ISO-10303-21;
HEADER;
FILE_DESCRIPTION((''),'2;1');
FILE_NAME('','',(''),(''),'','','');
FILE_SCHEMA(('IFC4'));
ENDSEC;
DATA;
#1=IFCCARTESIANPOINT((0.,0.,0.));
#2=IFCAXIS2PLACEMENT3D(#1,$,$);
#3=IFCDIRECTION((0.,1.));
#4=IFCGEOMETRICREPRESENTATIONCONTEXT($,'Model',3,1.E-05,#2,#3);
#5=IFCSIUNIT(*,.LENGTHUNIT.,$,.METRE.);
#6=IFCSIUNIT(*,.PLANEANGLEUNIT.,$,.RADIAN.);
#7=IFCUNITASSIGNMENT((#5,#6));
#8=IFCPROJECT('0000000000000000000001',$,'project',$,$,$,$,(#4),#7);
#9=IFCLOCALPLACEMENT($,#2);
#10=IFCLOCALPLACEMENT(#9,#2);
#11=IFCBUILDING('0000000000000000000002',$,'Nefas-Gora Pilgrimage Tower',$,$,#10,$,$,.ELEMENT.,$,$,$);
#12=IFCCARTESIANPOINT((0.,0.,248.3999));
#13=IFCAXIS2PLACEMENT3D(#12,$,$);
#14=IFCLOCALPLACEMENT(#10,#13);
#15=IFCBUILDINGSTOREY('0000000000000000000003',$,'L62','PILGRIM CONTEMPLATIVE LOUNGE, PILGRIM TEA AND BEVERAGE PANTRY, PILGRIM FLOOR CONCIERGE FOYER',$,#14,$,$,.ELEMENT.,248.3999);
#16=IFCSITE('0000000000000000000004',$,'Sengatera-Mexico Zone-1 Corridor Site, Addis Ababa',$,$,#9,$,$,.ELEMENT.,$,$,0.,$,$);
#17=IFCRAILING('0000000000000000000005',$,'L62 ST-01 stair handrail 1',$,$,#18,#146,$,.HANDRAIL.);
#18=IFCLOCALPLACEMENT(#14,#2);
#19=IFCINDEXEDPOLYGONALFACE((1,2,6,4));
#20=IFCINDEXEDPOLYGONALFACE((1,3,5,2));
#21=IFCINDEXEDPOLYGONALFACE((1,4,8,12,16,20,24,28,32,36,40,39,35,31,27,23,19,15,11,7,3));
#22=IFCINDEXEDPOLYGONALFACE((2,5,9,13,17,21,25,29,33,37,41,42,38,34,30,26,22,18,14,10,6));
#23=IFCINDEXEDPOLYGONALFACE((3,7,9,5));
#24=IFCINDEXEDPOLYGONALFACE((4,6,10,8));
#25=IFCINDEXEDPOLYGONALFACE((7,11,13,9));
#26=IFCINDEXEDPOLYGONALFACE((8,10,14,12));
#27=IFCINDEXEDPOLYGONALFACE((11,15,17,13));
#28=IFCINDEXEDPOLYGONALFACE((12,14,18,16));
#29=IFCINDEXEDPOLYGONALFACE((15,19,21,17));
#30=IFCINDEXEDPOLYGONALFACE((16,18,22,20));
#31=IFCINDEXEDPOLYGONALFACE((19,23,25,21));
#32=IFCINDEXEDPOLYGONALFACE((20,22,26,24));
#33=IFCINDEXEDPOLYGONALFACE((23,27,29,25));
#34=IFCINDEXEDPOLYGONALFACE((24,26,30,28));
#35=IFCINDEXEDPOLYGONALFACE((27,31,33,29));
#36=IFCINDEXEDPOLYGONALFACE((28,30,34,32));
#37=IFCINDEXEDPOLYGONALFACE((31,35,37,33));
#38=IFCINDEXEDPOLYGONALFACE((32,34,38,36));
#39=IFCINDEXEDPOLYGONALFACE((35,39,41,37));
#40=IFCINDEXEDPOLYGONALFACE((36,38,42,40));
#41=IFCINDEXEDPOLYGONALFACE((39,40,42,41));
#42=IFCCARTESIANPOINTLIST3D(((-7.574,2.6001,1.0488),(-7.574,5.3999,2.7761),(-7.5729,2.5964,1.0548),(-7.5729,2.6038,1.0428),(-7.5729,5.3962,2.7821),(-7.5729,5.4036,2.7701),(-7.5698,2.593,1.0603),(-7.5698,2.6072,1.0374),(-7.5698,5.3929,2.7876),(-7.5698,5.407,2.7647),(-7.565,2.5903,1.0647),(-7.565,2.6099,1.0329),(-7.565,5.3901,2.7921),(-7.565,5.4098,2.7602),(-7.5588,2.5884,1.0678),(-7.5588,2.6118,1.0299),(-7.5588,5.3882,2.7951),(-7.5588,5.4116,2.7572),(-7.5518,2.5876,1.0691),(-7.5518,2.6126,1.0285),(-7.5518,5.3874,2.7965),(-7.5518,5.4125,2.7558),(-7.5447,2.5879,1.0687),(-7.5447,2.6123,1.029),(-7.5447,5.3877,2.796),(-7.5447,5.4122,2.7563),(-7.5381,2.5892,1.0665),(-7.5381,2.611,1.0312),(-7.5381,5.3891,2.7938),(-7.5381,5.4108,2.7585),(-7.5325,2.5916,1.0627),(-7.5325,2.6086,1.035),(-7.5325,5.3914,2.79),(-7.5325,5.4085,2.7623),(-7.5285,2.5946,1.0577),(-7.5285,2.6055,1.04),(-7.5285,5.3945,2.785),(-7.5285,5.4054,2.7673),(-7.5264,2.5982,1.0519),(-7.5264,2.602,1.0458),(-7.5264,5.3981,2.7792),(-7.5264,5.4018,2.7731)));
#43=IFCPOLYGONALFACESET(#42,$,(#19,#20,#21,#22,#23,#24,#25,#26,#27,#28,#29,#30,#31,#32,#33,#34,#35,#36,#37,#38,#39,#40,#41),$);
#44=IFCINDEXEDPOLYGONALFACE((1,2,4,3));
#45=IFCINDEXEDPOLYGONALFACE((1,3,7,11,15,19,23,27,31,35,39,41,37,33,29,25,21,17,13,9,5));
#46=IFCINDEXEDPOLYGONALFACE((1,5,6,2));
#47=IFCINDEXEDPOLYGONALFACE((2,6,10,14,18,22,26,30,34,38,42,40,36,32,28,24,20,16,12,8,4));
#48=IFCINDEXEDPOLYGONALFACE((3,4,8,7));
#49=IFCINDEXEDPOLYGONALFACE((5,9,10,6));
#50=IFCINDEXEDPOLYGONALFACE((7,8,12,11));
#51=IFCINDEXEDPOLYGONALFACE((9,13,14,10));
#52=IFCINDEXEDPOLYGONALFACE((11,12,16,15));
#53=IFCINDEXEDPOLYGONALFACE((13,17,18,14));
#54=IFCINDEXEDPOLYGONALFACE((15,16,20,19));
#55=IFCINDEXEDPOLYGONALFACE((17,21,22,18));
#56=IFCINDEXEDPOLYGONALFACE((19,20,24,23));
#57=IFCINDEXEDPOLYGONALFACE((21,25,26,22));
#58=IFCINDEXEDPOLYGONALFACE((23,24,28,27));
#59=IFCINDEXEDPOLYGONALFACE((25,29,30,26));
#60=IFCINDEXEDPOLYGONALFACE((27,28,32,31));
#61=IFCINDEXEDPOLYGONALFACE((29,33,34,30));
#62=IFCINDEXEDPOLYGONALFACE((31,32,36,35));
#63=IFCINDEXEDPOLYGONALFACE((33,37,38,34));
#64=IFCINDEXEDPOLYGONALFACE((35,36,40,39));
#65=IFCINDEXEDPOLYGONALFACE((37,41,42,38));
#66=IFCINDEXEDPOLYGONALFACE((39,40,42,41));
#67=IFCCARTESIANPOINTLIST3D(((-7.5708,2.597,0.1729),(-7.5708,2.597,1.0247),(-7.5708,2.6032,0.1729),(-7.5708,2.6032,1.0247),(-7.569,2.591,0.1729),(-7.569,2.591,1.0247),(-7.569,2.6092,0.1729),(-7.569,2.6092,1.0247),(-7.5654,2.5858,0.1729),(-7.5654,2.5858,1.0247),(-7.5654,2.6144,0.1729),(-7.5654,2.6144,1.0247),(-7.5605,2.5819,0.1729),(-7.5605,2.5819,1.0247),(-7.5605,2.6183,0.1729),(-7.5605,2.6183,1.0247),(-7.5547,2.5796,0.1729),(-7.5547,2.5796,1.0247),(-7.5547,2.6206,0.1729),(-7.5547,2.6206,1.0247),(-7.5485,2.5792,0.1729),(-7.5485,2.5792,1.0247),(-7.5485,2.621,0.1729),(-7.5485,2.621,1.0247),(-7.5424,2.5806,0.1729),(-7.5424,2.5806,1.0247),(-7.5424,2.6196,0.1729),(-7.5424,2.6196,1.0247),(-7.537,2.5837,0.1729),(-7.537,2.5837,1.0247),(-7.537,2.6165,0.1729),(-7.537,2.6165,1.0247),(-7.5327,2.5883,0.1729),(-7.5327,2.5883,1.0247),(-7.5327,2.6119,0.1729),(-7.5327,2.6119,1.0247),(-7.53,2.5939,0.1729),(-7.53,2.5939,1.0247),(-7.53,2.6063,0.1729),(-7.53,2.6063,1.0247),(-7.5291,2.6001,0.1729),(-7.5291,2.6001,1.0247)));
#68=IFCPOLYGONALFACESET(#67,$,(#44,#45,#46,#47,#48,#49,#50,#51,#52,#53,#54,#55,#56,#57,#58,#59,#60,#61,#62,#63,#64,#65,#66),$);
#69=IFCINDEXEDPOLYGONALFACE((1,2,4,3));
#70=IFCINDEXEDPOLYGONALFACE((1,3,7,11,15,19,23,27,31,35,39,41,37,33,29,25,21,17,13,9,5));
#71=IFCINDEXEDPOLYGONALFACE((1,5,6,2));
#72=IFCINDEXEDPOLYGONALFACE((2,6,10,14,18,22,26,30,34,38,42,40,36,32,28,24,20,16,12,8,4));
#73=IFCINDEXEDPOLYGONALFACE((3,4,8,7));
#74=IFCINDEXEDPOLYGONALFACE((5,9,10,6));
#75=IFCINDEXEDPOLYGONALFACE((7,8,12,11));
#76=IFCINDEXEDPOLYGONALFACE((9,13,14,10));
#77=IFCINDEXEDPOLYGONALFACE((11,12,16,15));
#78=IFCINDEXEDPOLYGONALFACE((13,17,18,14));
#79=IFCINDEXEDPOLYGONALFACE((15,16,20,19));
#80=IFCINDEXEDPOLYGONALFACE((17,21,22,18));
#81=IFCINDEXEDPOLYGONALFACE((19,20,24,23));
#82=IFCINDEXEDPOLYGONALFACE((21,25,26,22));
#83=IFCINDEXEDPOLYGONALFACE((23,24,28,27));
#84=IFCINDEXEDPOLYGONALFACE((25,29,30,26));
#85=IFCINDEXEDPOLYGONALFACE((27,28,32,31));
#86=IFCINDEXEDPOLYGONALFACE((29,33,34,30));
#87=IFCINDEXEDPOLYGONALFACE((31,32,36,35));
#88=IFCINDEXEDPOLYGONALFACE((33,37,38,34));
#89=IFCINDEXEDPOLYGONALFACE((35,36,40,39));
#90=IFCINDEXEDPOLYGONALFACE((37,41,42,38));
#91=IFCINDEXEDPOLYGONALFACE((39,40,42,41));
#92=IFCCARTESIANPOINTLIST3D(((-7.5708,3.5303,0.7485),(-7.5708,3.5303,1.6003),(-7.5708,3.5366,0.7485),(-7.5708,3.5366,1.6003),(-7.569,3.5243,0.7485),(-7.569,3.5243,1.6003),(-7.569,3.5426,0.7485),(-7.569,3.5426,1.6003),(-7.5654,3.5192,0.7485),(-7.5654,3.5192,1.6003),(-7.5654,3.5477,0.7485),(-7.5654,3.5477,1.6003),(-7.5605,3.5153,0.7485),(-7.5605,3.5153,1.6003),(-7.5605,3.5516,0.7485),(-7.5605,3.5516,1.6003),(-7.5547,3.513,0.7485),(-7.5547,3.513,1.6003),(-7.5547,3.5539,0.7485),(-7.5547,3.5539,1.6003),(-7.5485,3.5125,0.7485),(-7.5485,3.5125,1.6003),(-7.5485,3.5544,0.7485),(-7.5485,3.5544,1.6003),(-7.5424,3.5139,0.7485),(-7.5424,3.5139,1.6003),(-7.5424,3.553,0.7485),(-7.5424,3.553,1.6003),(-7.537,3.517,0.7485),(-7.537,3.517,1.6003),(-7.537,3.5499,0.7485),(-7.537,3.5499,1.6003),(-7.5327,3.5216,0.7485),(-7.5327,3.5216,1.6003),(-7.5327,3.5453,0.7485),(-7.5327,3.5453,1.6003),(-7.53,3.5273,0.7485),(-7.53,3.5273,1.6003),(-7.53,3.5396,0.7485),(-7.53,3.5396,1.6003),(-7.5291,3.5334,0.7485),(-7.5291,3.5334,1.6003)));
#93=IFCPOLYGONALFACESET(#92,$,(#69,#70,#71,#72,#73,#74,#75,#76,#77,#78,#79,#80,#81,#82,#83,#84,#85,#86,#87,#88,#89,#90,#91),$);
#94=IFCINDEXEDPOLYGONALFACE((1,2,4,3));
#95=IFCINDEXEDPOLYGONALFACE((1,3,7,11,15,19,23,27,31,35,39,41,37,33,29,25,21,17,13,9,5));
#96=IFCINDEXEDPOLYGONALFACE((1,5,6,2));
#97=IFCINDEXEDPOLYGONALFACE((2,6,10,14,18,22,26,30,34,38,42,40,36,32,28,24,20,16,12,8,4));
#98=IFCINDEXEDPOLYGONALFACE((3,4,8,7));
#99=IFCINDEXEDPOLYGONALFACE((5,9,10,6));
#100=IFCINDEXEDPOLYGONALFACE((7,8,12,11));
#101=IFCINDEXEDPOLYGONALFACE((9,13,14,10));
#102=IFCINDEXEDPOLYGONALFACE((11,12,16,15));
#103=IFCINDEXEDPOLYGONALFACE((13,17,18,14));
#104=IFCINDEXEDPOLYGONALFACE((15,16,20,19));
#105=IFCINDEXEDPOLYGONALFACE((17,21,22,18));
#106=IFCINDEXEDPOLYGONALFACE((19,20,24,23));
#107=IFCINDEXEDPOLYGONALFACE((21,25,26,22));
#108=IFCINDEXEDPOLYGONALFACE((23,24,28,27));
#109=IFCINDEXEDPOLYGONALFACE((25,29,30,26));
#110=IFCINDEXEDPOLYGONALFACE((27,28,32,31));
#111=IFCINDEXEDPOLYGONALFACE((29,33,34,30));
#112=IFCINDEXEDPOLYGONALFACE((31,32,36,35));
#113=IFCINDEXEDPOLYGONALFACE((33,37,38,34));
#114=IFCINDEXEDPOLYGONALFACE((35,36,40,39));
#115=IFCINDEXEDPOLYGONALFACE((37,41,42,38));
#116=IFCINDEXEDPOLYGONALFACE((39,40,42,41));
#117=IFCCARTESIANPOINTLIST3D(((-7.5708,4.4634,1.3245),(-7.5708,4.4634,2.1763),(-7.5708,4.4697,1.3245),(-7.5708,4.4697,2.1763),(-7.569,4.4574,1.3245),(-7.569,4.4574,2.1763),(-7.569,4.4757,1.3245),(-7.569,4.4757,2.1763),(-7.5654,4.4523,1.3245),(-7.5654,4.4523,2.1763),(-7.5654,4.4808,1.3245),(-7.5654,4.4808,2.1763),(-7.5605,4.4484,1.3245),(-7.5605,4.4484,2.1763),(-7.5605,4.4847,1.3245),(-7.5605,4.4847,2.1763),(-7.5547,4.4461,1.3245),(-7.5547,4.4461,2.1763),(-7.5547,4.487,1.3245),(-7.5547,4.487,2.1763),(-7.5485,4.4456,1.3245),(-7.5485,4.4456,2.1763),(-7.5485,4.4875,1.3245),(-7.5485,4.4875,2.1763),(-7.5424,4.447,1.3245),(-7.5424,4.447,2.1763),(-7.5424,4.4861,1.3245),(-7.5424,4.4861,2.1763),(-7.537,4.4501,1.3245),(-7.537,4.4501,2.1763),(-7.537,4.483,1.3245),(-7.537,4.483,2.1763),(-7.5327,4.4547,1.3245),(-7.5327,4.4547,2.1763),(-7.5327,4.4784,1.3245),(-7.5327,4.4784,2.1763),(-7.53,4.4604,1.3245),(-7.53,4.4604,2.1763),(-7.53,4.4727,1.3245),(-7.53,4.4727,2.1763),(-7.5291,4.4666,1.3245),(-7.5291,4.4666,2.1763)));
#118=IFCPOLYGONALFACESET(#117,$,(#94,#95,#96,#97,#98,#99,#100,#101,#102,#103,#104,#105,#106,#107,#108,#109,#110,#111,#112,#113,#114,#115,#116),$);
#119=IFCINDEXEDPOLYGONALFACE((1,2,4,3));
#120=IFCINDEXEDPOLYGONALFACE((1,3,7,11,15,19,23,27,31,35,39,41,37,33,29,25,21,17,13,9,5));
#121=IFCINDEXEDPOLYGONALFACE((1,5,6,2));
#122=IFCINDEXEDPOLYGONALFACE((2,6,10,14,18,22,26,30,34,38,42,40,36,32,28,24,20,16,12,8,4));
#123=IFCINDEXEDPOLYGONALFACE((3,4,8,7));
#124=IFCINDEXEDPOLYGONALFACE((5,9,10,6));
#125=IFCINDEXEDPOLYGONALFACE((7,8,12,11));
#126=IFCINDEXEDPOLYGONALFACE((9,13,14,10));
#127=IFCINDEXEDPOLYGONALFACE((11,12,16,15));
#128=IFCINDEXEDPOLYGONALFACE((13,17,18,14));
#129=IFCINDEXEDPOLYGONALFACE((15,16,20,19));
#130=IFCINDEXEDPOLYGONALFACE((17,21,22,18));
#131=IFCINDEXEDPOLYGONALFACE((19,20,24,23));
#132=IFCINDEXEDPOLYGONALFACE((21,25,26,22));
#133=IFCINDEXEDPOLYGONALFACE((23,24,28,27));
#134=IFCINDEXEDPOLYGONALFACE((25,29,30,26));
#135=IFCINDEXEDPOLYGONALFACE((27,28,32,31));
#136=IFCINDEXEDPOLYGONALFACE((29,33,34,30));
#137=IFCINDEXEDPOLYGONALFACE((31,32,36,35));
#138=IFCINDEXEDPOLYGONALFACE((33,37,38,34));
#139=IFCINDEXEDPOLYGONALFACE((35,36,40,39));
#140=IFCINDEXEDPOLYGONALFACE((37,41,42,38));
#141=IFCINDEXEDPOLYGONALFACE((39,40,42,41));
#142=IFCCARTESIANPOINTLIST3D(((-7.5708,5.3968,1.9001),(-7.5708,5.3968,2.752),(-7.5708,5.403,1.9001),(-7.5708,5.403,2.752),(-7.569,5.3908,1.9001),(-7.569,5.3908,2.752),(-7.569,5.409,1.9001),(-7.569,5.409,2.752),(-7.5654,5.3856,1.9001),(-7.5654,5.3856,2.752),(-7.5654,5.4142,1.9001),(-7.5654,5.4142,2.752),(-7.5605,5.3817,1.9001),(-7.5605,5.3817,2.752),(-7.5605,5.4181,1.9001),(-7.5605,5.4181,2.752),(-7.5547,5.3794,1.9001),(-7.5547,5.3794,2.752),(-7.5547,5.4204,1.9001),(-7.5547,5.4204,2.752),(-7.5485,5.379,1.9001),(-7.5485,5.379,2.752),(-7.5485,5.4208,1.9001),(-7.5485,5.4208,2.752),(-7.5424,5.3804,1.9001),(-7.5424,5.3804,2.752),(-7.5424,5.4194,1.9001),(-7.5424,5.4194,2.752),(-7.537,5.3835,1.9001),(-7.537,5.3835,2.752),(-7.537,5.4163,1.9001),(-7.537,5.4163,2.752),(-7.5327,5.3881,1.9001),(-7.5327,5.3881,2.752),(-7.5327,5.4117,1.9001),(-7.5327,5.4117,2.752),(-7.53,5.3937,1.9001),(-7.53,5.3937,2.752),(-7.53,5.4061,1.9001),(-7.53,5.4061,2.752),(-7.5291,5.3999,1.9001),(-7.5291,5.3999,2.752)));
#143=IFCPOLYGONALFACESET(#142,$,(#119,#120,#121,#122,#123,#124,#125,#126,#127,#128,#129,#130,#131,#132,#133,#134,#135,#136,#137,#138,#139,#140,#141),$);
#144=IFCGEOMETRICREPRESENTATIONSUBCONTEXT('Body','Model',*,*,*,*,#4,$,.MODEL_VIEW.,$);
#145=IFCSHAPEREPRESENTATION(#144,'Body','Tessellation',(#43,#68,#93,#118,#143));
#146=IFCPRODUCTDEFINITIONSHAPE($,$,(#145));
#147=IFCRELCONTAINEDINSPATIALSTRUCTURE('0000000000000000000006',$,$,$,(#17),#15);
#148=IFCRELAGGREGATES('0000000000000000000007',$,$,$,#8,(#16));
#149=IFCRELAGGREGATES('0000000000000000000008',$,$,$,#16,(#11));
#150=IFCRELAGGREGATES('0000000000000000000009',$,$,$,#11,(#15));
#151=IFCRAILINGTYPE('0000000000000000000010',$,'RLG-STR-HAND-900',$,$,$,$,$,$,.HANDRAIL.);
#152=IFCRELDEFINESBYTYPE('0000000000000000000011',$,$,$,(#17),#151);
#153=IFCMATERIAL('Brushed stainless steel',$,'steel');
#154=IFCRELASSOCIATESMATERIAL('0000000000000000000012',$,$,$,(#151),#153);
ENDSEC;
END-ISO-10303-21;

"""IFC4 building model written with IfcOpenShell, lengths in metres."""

from ifc_helpers import new_model, si_unit, direction, frame, origin, origin_2d, place, context, subcontext, project, spatial, circle, extrude, material, type_object, element, save


model = new_model("IFC4")

# Units and contexts
model_context = context("Model", 3, precision=1e-05, world=origin(), true_north=direction((0.0, 1.0)))
body_context = subcontext(model_context, "Body", "Model", "MODEL_VIEW")
ifc_project = project(units=[si_unit("LENGTHUNIT", "METRE"), si_unit("PLANEANGLEUNIT", "RADIAN")], contexts=[model_context])

# Site, building, storey
site_placement = place(None, origin())
site = spatial("IfcSite", under=ifc_project, at=site_placement, Name="Sengatera-Mexico Zone-1 Corridor Site, Addis Ababa", CompositionType="ELEMENT", RefElevation=0.0)
building_placement = place(site_placement, origin())
building = spatial("IfcBuilding", under=site, at=building_placement, Name="Nefas-Gora Pilgrimage Tower", CompositionType="ELEMENT")
storey_placement = place(building_placement, frame((0.0, 0.0, 248.3999)))
storey = spatial("IfcBuildingStorey", under=building, at=storey_placement, Name="L62", Description="PILGRIM CONTEMPLATIVE LOUNGE, PILGRIM TEA AND BEVERAGE PANTRY, PILGRIM FLOOR CONCIERGE FOYER", CompositionType="ELEMENT", Elevation=248.3999)

# Railing
ifc_material_1 = material(Name="Brushed stainless steel", Category="steel")
railing_type_1 = type_object("IfcRailingType", Name="RLG-STR-HAND-900", PredefinedType="HANDRAIL", material=ifc_material_1)
railing_1_placement = place(storey_placement, frame((-7.55, 2.6001, 0.1729)))
element("IfcRailing", 1, at=railing_1_placement, inside=storey, type_object=railing_type_1, Name="L62 ST-01 stair handrail 1", PredefinedType="HANDRAIL", context=body_context, shape_type="SweptSolid", body=[
    extrude(circle(Radius=0.0239, at=origin_2d()), frame((0.0, 0.0, 0.876), z_axis=(0.0, 0.851069, 0.525054), x_axis=(-1.0, 0.0, 0.0)), (0.0, 0.0, 1.0), 3.2898),
    extrude(circle(Radius=0.021, at=origin_2d()), origin(), (0.0, 0.0, 1.0), 0.8518),
    extrude(circle(Radius=0.021, at=origin_2d()), frame((0.0, 0.9333, 0.5757)), (0.0, 0.0, 1.0), 0.8518),
    extrude(circle(Radius=0.021, at=origin_2d()), frame((0.0, 1.8665, 1.1516)), (0.0, 0.0, 1.0), 0.8518),
    extrude(circle(Radius=0.021, at=origin_2d()), frame((0.0, 2.7998, 1.7273)), (0.0, 0.0, 1.0), 0.8518),
])

save(model, "model.ifc")
